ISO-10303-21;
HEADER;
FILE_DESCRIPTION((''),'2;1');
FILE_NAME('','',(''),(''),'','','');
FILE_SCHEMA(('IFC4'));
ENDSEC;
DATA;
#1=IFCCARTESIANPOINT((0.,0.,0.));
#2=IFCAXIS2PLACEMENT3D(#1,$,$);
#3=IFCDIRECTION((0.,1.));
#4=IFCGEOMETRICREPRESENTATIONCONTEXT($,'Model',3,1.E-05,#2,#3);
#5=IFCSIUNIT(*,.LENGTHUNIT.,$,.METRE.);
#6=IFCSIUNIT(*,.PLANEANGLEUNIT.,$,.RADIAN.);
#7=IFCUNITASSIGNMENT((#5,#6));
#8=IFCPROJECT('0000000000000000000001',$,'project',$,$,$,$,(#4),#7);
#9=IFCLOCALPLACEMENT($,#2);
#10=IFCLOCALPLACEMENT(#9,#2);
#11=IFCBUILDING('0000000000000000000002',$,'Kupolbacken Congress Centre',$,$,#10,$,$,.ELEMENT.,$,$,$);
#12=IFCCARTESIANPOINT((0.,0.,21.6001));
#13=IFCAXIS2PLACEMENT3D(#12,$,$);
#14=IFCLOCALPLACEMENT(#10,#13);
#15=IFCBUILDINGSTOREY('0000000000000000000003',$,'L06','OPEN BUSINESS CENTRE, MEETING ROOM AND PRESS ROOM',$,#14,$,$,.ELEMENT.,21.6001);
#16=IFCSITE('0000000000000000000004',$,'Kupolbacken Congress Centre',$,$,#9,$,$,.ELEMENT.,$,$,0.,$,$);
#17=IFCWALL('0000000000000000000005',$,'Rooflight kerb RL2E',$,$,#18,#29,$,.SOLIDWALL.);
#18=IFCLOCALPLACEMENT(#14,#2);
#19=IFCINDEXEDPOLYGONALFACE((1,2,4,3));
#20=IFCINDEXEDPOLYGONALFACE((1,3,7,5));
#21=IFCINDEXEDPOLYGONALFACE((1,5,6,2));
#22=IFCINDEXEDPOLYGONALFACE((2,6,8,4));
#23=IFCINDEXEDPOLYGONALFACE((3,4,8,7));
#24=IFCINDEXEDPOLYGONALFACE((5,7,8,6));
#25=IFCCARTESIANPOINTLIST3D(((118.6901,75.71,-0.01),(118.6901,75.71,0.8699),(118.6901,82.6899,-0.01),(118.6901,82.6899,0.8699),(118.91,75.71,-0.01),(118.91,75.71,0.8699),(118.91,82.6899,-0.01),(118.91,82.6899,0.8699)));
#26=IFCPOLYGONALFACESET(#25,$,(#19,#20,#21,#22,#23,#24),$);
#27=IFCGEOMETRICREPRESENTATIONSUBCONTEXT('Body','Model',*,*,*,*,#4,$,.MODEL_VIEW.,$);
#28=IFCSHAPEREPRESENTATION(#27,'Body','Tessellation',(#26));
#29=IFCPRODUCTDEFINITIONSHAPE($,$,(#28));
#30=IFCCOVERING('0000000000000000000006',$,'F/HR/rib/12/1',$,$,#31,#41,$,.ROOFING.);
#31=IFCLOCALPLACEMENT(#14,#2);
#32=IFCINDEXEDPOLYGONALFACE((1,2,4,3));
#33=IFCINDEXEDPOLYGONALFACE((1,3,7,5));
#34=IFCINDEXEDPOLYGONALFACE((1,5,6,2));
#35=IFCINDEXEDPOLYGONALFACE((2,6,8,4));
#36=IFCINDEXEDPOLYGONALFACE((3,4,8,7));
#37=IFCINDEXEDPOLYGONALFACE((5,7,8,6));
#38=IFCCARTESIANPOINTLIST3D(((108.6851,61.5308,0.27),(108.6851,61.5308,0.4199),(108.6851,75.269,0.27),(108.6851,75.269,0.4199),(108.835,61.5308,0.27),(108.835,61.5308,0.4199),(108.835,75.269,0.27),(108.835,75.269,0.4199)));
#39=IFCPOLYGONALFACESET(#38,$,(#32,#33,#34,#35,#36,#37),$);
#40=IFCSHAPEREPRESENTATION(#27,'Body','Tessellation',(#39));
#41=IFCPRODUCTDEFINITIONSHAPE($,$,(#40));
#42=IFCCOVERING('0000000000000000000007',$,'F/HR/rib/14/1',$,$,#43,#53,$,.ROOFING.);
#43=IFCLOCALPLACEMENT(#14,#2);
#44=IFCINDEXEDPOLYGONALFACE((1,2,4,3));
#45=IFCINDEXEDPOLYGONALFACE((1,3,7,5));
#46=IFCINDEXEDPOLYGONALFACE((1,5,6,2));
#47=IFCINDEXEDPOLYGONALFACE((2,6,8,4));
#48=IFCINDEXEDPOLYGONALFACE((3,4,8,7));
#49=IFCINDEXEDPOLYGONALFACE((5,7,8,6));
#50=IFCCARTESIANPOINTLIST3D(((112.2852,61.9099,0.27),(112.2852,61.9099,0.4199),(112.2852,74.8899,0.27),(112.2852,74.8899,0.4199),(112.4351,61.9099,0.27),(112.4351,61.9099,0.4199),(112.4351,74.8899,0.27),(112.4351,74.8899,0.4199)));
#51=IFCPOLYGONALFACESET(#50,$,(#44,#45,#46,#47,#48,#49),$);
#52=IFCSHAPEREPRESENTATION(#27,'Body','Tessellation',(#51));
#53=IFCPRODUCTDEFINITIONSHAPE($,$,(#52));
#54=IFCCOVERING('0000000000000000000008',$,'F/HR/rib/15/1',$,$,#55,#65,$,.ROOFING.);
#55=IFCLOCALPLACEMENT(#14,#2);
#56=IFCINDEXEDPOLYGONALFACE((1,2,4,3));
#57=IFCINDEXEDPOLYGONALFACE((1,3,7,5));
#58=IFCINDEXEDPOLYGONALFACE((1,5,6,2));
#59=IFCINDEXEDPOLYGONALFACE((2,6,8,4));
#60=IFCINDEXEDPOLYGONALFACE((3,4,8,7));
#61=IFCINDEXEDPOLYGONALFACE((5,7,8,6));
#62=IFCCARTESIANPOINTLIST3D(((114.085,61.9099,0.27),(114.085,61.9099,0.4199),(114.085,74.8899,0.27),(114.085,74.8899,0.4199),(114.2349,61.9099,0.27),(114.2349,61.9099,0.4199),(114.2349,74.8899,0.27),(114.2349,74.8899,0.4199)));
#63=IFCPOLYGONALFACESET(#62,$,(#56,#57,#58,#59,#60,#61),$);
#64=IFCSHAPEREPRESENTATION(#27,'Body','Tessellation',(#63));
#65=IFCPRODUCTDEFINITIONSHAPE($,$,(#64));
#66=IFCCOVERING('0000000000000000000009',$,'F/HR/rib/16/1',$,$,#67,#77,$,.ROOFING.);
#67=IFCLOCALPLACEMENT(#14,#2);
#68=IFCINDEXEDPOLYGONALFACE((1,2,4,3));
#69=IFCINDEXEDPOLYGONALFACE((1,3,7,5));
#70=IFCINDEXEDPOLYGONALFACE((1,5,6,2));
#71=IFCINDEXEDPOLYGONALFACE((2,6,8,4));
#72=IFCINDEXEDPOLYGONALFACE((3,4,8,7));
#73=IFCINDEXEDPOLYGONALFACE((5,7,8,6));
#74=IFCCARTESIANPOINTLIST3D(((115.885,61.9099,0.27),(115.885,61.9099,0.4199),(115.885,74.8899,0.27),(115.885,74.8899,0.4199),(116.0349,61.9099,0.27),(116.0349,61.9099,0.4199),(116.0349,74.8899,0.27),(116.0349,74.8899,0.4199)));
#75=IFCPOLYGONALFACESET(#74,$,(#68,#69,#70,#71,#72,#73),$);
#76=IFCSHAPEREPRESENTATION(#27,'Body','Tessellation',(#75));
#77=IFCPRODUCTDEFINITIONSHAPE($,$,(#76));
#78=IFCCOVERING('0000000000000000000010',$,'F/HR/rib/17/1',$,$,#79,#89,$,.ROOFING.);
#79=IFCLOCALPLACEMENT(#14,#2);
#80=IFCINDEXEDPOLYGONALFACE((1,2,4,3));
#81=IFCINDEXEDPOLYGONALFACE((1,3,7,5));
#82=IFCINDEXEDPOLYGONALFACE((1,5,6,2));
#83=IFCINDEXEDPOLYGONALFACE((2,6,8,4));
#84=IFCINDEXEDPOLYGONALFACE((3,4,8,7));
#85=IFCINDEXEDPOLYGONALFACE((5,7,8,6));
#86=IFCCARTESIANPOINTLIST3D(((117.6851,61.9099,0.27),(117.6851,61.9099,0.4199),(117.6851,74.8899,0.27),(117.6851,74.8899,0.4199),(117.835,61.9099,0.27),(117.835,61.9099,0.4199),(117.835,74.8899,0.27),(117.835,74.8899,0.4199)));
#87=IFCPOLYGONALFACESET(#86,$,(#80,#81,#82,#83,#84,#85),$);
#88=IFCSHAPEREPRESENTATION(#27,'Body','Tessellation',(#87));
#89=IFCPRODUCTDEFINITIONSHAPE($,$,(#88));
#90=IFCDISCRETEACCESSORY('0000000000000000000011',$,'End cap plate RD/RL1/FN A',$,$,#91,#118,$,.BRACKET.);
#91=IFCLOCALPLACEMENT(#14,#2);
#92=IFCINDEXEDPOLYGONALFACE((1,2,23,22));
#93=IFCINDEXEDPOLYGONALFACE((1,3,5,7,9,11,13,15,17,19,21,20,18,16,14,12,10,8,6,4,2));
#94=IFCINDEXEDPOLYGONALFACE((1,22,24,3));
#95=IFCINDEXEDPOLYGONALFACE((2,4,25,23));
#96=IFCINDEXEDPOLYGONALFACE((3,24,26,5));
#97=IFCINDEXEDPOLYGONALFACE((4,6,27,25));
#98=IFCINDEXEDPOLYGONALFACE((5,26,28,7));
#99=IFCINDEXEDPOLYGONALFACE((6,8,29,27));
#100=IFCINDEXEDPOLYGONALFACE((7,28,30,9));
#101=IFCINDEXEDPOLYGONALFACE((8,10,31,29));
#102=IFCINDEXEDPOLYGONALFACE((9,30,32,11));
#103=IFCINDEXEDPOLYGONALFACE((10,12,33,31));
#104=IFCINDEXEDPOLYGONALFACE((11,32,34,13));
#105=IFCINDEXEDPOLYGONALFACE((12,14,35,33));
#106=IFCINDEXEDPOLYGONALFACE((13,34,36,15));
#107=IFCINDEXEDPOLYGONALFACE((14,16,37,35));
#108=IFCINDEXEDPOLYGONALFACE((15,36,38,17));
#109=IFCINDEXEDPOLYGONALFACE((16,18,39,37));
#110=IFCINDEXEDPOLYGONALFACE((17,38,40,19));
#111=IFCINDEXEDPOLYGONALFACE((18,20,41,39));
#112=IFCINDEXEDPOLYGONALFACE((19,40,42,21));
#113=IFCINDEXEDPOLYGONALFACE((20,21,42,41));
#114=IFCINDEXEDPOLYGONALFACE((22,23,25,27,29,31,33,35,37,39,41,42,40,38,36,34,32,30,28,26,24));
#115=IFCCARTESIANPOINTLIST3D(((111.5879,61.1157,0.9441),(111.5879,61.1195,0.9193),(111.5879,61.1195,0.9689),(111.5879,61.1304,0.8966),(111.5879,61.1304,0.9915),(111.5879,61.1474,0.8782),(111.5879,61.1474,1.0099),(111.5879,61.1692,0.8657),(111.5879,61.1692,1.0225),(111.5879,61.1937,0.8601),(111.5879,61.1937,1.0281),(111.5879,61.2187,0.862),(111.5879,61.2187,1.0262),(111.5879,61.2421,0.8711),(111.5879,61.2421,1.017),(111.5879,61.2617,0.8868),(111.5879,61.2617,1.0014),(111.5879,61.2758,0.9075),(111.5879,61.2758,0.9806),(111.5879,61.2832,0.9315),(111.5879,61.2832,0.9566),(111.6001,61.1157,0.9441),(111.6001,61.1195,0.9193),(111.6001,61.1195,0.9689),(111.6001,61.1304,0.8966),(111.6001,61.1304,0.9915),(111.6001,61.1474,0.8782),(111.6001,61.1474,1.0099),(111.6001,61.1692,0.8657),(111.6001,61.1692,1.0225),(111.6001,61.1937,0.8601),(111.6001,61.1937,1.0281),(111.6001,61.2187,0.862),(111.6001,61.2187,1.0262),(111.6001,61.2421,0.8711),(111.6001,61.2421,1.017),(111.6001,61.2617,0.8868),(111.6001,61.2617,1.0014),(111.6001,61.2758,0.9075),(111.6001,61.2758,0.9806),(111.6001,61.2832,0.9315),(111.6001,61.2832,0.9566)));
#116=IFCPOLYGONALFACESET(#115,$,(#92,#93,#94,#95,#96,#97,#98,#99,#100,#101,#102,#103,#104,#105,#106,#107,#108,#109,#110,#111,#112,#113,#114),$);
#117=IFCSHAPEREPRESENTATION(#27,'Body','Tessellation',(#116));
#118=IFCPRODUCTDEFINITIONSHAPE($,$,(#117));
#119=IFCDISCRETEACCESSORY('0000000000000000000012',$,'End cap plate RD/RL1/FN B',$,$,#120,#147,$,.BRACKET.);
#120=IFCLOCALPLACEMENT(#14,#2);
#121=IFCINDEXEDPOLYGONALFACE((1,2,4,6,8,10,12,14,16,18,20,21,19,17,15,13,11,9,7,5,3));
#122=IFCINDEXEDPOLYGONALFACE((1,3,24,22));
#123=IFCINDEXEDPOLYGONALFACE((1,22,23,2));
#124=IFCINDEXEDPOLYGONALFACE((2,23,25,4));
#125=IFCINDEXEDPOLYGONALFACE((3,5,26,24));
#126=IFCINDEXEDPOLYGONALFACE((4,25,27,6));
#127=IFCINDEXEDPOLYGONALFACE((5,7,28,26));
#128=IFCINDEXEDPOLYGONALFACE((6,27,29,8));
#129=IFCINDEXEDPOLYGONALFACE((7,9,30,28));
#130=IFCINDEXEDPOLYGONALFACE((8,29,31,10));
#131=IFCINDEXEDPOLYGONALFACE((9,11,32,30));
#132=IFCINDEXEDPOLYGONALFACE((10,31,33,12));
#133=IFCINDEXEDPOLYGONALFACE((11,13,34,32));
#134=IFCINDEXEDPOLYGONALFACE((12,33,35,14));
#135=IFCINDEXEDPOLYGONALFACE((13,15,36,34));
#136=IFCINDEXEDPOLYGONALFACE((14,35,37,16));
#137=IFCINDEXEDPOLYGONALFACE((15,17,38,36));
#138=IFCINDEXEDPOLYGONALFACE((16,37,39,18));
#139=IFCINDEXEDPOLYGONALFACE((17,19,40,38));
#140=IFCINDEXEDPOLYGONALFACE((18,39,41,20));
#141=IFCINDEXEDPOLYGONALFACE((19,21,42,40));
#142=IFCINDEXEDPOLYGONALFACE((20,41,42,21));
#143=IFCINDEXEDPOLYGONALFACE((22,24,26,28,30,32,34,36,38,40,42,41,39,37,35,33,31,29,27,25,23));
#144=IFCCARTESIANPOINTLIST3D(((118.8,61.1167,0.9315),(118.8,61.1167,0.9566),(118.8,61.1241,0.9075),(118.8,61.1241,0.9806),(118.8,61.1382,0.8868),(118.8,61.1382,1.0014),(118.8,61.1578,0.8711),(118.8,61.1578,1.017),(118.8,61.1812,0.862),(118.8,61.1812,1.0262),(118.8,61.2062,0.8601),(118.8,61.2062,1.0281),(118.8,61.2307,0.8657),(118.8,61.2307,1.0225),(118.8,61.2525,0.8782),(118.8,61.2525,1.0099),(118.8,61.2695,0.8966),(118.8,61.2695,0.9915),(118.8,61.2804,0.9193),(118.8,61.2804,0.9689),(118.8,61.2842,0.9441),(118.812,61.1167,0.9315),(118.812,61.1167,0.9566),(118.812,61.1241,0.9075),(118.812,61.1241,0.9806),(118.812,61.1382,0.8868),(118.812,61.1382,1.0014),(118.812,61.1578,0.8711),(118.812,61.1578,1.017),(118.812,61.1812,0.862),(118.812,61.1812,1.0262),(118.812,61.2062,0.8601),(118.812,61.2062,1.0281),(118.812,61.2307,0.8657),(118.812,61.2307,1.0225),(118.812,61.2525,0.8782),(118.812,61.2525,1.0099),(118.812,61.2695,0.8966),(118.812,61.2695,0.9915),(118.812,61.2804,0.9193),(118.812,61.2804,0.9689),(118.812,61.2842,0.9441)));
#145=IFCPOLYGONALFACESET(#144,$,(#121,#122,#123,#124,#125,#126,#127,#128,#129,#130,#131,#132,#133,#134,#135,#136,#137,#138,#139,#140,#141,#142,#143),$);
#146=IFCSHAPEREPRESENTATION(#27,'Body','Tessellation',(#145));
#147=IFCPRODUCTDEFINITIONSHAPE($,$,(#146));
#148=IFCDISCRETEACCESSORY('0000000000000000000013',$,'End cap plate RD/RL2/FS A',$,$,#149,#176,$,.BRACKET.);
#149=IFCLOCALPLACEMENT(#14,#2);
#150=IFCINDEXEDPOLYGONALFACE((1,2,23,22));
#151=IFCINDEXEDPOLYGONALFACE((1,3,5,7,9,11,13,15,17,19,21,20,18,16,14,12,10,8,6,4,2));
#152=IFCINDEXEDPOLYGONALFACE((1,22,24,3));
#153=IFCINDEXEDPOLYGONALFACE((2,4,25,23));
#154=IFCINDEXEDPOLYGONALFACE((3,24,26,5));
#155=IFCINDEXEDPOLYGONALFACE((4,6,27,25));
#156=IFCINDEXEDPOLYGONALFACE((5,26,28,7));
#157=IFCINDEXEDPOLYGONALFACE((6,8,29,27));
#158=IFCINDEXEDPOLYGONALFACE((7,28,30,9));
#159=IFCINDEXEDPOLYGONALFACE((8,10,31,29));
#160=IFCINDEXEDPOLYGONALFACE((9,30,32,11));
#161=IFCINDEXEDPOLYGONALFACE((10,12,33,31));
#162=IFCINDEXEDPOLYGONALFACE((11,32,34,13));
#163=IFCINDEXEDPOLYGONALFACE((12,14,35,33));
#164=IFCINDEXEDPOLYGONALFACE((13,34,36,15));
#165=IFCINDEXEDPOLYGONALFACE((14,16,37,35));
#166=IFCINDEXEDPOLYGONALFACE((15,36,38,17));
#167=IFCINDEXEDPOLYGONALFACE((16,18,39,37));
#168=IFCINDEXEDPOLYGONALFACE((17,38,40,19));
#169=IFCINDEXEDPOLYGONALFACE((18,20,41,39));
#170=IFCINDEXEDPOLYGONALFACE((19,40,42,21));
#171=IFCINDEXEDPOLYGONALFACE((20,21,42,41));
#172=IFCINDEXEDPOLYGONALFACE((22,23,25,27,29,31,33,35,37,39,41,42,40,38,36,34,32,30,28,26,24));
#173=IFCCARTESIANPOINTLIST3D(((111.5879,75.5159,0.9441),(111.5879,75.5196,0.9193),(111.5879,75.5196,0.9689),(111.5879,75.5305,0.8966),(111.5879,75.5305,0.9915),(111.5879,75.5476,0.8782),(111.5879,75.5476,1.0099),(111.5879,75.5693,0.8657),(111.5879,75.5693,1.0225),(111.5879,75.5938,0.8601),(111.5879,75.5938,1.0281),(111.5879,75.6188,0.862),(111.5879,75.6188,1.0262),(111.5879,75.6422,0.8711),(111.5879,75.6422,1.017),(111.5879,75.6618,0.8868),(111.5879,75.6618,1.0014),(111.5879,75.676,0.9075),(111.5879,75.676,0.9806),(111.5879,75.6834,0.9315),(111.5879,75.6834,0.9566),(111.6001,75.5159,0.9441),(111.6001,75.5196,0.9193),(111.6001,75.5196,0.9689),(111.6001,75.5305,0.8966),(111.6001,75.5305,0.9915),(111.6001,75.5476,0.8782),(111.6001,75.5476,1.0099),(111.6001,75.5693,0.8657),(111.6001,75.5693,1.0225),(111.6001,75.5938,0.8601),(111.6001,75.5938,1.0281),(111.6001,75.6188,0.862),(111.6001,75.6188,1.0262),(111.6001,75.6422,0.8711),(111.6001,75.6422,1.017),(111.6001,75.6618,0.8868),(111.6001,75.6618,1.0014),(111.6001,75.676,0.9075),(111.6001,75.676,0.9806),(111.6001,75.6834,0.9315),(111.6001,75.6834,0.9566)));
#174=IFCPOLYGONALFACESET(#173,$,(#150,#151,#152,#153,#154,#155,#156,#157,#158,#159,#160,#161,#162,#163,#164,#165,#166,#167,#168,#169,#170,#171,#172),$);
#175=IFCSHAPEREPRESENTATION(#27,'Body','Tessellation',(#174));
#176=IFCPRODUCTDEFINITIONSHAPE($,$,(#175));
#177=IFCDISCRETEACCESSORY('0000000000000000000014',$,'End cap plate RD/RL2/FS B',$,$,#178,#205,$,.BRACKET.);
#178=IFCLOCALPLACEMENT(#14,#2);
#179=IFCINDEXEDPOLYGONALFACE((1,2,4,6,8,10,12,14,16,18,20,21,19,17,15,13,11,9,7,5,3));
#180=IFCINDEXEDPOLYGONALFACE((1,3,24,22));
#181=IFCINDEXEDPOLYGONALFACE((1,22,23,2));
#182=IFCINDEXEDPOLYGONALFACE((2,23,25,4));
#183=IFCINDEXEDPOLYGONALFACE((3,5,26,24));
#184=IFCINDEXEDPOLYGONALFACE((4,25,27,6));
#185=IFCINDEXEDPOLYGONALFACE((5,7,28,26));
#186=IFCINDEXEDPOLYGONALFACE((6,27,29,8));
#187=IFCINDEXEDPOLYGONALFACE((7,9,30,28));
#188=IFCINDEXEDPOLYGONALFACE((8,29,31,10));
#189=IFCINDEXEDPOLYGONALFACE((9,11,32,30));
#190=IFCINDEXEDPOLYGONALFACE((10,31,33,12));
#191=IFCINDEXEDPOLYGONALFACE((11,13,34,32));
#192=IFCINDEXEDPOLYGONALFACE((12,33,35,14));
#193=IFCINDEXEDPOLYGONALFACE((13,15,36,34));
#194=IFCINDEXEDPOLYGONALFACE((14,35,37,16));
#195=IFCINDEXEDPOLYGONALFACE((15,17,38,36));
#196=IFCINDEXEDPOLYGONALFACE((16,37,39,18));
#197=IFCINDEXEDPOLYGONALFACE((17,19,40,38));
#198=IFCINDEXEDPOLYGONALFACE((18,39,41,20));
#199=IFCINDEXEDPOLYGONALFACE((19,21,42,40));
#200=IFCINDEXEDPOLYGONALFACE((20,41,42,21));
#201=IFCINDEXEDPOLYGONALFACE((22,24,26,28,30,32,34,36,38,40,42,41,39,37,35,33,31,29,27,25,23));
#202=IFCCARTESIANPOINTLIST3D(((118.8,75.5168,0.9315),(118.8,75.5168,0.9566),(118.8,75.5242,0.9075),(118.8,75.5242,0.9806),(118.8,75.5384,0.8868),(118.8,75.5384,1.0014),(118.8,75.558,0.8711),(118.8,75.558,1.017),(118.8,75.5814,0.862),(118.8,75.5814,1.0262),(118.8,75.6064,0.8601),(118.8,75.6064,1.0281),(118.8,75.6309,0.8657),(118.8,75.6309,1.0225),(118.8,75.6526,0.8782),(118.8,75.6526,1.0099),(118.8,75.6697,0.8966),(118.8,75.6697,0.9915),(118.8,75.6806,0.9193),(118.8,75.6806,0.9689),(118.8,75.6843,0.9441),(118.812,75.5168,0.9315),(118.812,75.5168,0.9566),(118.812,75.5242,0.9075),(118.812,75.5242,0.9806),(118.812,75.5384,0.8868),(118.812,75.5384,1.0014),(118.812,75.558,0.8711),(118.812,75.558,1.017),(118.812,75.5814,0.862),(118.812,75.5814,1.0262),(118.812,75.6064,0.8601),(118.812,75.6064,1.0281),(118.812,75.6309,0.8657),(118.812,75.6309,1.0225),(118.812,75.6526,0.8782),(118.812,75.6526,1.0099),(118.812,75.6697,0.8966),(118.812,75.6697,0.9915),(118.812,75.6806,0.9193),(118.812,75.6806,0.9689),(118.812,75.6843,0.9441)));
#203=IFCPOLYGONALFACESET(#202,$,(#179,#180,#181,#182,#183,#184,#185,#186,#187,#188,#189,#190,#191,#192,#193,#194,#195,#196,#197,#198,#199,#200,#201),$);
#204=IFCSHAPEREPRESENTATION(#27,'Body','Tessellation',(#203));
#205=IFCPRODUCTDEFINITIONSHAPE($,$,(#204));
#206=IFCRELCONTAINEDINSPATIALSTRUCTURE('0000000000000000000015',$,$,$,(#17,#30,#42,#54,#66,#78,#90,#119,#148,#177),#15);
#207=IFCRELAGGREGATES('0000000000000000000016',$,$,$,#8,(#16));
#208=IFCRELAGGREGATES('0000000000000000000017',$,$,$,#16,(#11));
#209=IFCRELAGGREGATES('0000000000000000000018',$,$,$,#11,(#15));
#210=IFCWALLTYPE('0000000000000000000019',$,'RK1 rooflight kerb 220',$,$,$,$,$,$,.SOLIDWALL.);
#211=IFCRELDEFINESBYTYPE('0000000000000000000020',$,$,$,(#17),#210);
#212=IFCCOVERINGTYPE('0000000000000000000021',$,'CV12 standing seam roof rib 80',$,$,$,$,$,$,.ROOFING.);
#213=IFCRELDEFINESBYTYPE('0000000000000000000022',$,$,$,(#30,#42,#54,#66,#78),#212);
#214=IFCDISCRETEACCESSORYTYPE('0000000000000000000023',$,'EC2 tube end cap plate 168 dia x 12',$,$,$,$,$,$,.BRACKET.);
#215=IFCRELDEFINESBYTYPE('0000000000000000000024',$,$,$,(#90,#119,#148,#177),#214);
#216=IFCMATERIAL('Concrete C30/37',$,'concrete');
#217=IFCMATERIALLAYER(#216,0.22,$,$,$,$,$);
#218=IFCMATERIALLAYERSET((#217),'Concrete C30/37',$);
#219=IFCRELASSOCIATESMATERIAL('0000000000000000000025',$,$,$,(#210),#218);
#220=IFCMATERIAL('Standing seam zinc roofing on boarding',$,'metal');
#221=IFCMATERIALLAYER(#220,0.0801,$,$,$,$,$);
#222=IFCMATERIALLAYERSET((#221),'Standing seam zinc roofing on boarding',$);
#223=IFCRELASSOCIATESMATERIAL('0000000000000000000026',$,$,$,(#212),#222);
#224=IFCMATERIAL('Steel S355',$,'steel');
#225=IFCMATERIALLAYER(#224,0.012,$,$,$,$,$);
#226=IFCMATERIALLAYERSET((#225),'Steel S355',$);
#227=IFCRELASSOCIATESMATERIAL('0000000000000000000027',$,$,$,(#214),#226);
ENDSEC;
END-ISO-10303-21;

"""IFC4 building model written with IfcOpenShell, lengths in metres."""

from ifc_helpers import new_model, si_unit, direction, frame, frame_2d, origin, origin_2d, place, context, subcontext, project, spatial, rectangle, circle, extrude, material, layer, layer_set, type_object, element, save


model = new_model("IFC4")

# Units and contexts
model_context = context("Model", 3, precision=1e-05, world=origin(), true_north=direction((0.0, 1.0)))
body_context = subcontext(model_context, "Body", "Model", "MODEL_VIEW")
ifc_project = project(units=[si_unit("LENGTHUNIT", "METRE"), si_unit("PLANEANGLEUNIT", "RADIAN")], contexts=[model_context])

# Site, building, storey
site_placement = place(None, origin())
site = spatial("IfcSite", under=ifc_project, at=site_placement, Name="Kupolbacken Congress Centre", CompositionType="ELEMENT", RefElevation=0.0)
building_placement = place(site_placement, origin())
building = spatial("IfcBuilding", under=site, at=building_placement, Name="Kupolbacken Congress Centre", CompositionType="ELEMENT")
storey_placement = place(building_placement, frame((0.0, 0.0, 21.6001)))
storey = spatial("IfcBuildingStorey", under=building, at=storey_placement, Name="L06", Description="OPEN BUSINESS CENTRE, MEETING ROOM AND PRESS ROOM", CompositionType="ELEMENT", Elevation=21.6001)

# Wall
ifc_material_1 = material(Name="Concrete C30/37", Category="concrete")
ifc_layer_1 = layer(ifc_material_1, 0.22)
ifc_layer_set_1 = layer_set([ifc_layer_1], Name="Concrete C30/37")
wall_type = type_object("IfcWallType", Name="RK1 rooflight kerb 220", PredefinedType="SOLIDWALL", material=ifc_layer_set_1)
for number, where, z_axis, x_axis, name in (
    (1, (118.8, 75.71, -0.01), (0.0, 0.0, 1.0), (0.0, 1.0, 0.0), "Rooflight kerb RL2E"),
):
    element("IfcWall", number, at=place(storey_placement, frame(where, z_axis=z_axis, x_axis=x_axis)), inside=storey, type_object=wall_type, Name=name, PredefinedType="SOLIDWALL", context=body_context, shape_type="SweptSolid", body=[
        extrude(rectangle(XDim=6.98, YDim=0.22, at=frame_2d((3.49, 0.0))), origin(), (0.0, 0.0, 1.0), 0.8799),
    ])

# Coverings
ifc_material_2 = material(Name="Standing seam zinc roofing on boarding", Category="metal")
ifc_layer_2 = layer(ifc_material_2, 0.0801)
ifc_layer_set_2 = layer_set([ifc_layer_2], Name="Standing seam zinc roofing on boarding")
covering_type = type_object("IfcCoveringType", Name="CV12 standing seam roof rib 80", PredefinedType="ROOFING", material=ifc_layer_set_2)
covering_placement = place(storey_placement, frame((108.76, 68.3999, 0.27), z_axis=(0.0, 0.0, 1.0), x_axis=(0.0, 1.0, 0.0)))
element("IfcCovering", 2, at=covering_placement, inside=storey, type_object=covering_type, Name="F/HR/rib/12/1", PredefinedType="ROOFING", context=body_context, shape_type="SweptSolid", body=[
    extrude(rectangle(XDim=13.7383, YDim=0.1499, at=origin_2d()), origin(), (0.0, 0.0, 1.0), 0.1499),
])
for number, where, z_axis, x_axis, name in (
    (3, (112.3601, 68.3999, 0.27), (0.0, 0.0, 1.0), (0.0, 1.0, 0.0), "F/HR/rib/14/1"),
    (4, (114.1599, 68.3999, 0.27), (0.0, 0.0, 1.0), (0.0, 1.0, 0.0), "F/HR/rib/15/1"),
    (5, (115.96, 68.3999, 0.27), (0.0, 0.0, 1.0), (0.0, 1.0, 0.0), "F/HR/rib/16/1"),
    (6, (117.76, 68.3999, 0.27), (0.0, 0.0, 1.0), (0.0, 1.0, 0.0), "F/HR/rib/17/1"),
):
    element("IfcCovering", number, at=place(storey_placement, frame(where, z_axis=z_axis, x_axis=x_axis)), inside=storey, type_object=covering_type, Name=name, PredefinedType="ROOFING", context=body_context, shape_type="SweptSolid", body=[
        extrude(rectangle(XDim=12.98, YDim=0.1499, at=origin_2d()), origin(), (0.0, 0.0, 1.0), 0.1499),
    ])

# Discrete accessories
ifc_material_3 = material(Name="Steel S355", Category="steel")
ifc_layer_3 = layer(ifc_material_3, 0.012)
ifc_layer_set_3 = layer_set([ifc_layer_3], Name="Steel S355")
discrete_accessory_type = type_object("IfcDiscreteAccessoryType", Name="EC2 tube end cap plate 168 dia x 12", PredefinedType="BRACKET", material=ifc_layer_set_3)
discrete_accessory_1_placement = place(storey_placement, frame((111.6001, 61.2, 0.9441), z_axis=(-1.0, 0.0, 0.0), x_axis=(0.0, -1.0, 0.0)))
element("IfcDiscreteAccessory", 7, at=discrete_accessory_1_placement, inside=storey, type_object=discrete_accessory_type, Name="End cap plate RD/RL1/FN A", PredefinedType="BRACKET", context=body_context, shape_type="SweptSolid", body=[
    extrude(circle(Radius=0.0842, at=origin_2d()), origin(), (0.0, 0.0, 1.0), 0.0122),
])
discrete_accessory_2_placement = place(storey_placement, frame((118.8, 61.2, 0.9441), z_axis=(1.0, 0.0, 0.0), x_axis=(0.0, 1.0, 0.0)))
element("IfcDiscreteAccessory", 8, at=discrete_accessory_2_placement, inside=storey, type_object=discrete_accessory_type, Name="End cap plate RD/RL1/FN B", PredefinedType="BRACKET", context=body_context, shape_type="SweptSolid", body=[
    extrude(circle(Radius=0.0842, at=origin_2d()), origin(), (0.0, 0.0, 1.0), 0.012),
])
discrete_accessory_3_placement = place(storey_placement, frame((111.6001, 75.6001, 0.9441), z_axis=(-1.0, 0.0, 0.0), x_axis=(0.0, -1.0, 0.0)))
element("IfcDiscreteAccessory", 9, at=discrete_accessory_3_placement, inside=storey, type_object=discrete_accessory_type, Name="End cap plate RD/RL2/FS A", PredefinedType="BRACKET", context=body_context, shape_type="SweptSolid", body=[
    extrude(circle(Radius=0.0842, at=origin_2d()), origin(), (0.0, 0.0, 1.0), 0.0122),
])
discrete_accessory_4_placement = place(storey_placement, frame((118.8, 75.6001, 0.9441), z_axis=(1.0, 0.0, 0.0), x_axis=(0.0, 1.0, 0.0)))
element("IfcDiscreteAccessory", 10, at=discrete_accessory_4_placement, inside=storey, type_object=discrete_accessory_type, Name="End cap plate RD/RL2/FS B", PredefinedType="BRACKET", context=body_context, shape_type="SweptSolid", body=[
    extrude(circle(Radius=0.0842, at=origin_2d()), origin(), (0.0, 0.0, 1.0), 0.012),
])

save(model, "model.ifc")
